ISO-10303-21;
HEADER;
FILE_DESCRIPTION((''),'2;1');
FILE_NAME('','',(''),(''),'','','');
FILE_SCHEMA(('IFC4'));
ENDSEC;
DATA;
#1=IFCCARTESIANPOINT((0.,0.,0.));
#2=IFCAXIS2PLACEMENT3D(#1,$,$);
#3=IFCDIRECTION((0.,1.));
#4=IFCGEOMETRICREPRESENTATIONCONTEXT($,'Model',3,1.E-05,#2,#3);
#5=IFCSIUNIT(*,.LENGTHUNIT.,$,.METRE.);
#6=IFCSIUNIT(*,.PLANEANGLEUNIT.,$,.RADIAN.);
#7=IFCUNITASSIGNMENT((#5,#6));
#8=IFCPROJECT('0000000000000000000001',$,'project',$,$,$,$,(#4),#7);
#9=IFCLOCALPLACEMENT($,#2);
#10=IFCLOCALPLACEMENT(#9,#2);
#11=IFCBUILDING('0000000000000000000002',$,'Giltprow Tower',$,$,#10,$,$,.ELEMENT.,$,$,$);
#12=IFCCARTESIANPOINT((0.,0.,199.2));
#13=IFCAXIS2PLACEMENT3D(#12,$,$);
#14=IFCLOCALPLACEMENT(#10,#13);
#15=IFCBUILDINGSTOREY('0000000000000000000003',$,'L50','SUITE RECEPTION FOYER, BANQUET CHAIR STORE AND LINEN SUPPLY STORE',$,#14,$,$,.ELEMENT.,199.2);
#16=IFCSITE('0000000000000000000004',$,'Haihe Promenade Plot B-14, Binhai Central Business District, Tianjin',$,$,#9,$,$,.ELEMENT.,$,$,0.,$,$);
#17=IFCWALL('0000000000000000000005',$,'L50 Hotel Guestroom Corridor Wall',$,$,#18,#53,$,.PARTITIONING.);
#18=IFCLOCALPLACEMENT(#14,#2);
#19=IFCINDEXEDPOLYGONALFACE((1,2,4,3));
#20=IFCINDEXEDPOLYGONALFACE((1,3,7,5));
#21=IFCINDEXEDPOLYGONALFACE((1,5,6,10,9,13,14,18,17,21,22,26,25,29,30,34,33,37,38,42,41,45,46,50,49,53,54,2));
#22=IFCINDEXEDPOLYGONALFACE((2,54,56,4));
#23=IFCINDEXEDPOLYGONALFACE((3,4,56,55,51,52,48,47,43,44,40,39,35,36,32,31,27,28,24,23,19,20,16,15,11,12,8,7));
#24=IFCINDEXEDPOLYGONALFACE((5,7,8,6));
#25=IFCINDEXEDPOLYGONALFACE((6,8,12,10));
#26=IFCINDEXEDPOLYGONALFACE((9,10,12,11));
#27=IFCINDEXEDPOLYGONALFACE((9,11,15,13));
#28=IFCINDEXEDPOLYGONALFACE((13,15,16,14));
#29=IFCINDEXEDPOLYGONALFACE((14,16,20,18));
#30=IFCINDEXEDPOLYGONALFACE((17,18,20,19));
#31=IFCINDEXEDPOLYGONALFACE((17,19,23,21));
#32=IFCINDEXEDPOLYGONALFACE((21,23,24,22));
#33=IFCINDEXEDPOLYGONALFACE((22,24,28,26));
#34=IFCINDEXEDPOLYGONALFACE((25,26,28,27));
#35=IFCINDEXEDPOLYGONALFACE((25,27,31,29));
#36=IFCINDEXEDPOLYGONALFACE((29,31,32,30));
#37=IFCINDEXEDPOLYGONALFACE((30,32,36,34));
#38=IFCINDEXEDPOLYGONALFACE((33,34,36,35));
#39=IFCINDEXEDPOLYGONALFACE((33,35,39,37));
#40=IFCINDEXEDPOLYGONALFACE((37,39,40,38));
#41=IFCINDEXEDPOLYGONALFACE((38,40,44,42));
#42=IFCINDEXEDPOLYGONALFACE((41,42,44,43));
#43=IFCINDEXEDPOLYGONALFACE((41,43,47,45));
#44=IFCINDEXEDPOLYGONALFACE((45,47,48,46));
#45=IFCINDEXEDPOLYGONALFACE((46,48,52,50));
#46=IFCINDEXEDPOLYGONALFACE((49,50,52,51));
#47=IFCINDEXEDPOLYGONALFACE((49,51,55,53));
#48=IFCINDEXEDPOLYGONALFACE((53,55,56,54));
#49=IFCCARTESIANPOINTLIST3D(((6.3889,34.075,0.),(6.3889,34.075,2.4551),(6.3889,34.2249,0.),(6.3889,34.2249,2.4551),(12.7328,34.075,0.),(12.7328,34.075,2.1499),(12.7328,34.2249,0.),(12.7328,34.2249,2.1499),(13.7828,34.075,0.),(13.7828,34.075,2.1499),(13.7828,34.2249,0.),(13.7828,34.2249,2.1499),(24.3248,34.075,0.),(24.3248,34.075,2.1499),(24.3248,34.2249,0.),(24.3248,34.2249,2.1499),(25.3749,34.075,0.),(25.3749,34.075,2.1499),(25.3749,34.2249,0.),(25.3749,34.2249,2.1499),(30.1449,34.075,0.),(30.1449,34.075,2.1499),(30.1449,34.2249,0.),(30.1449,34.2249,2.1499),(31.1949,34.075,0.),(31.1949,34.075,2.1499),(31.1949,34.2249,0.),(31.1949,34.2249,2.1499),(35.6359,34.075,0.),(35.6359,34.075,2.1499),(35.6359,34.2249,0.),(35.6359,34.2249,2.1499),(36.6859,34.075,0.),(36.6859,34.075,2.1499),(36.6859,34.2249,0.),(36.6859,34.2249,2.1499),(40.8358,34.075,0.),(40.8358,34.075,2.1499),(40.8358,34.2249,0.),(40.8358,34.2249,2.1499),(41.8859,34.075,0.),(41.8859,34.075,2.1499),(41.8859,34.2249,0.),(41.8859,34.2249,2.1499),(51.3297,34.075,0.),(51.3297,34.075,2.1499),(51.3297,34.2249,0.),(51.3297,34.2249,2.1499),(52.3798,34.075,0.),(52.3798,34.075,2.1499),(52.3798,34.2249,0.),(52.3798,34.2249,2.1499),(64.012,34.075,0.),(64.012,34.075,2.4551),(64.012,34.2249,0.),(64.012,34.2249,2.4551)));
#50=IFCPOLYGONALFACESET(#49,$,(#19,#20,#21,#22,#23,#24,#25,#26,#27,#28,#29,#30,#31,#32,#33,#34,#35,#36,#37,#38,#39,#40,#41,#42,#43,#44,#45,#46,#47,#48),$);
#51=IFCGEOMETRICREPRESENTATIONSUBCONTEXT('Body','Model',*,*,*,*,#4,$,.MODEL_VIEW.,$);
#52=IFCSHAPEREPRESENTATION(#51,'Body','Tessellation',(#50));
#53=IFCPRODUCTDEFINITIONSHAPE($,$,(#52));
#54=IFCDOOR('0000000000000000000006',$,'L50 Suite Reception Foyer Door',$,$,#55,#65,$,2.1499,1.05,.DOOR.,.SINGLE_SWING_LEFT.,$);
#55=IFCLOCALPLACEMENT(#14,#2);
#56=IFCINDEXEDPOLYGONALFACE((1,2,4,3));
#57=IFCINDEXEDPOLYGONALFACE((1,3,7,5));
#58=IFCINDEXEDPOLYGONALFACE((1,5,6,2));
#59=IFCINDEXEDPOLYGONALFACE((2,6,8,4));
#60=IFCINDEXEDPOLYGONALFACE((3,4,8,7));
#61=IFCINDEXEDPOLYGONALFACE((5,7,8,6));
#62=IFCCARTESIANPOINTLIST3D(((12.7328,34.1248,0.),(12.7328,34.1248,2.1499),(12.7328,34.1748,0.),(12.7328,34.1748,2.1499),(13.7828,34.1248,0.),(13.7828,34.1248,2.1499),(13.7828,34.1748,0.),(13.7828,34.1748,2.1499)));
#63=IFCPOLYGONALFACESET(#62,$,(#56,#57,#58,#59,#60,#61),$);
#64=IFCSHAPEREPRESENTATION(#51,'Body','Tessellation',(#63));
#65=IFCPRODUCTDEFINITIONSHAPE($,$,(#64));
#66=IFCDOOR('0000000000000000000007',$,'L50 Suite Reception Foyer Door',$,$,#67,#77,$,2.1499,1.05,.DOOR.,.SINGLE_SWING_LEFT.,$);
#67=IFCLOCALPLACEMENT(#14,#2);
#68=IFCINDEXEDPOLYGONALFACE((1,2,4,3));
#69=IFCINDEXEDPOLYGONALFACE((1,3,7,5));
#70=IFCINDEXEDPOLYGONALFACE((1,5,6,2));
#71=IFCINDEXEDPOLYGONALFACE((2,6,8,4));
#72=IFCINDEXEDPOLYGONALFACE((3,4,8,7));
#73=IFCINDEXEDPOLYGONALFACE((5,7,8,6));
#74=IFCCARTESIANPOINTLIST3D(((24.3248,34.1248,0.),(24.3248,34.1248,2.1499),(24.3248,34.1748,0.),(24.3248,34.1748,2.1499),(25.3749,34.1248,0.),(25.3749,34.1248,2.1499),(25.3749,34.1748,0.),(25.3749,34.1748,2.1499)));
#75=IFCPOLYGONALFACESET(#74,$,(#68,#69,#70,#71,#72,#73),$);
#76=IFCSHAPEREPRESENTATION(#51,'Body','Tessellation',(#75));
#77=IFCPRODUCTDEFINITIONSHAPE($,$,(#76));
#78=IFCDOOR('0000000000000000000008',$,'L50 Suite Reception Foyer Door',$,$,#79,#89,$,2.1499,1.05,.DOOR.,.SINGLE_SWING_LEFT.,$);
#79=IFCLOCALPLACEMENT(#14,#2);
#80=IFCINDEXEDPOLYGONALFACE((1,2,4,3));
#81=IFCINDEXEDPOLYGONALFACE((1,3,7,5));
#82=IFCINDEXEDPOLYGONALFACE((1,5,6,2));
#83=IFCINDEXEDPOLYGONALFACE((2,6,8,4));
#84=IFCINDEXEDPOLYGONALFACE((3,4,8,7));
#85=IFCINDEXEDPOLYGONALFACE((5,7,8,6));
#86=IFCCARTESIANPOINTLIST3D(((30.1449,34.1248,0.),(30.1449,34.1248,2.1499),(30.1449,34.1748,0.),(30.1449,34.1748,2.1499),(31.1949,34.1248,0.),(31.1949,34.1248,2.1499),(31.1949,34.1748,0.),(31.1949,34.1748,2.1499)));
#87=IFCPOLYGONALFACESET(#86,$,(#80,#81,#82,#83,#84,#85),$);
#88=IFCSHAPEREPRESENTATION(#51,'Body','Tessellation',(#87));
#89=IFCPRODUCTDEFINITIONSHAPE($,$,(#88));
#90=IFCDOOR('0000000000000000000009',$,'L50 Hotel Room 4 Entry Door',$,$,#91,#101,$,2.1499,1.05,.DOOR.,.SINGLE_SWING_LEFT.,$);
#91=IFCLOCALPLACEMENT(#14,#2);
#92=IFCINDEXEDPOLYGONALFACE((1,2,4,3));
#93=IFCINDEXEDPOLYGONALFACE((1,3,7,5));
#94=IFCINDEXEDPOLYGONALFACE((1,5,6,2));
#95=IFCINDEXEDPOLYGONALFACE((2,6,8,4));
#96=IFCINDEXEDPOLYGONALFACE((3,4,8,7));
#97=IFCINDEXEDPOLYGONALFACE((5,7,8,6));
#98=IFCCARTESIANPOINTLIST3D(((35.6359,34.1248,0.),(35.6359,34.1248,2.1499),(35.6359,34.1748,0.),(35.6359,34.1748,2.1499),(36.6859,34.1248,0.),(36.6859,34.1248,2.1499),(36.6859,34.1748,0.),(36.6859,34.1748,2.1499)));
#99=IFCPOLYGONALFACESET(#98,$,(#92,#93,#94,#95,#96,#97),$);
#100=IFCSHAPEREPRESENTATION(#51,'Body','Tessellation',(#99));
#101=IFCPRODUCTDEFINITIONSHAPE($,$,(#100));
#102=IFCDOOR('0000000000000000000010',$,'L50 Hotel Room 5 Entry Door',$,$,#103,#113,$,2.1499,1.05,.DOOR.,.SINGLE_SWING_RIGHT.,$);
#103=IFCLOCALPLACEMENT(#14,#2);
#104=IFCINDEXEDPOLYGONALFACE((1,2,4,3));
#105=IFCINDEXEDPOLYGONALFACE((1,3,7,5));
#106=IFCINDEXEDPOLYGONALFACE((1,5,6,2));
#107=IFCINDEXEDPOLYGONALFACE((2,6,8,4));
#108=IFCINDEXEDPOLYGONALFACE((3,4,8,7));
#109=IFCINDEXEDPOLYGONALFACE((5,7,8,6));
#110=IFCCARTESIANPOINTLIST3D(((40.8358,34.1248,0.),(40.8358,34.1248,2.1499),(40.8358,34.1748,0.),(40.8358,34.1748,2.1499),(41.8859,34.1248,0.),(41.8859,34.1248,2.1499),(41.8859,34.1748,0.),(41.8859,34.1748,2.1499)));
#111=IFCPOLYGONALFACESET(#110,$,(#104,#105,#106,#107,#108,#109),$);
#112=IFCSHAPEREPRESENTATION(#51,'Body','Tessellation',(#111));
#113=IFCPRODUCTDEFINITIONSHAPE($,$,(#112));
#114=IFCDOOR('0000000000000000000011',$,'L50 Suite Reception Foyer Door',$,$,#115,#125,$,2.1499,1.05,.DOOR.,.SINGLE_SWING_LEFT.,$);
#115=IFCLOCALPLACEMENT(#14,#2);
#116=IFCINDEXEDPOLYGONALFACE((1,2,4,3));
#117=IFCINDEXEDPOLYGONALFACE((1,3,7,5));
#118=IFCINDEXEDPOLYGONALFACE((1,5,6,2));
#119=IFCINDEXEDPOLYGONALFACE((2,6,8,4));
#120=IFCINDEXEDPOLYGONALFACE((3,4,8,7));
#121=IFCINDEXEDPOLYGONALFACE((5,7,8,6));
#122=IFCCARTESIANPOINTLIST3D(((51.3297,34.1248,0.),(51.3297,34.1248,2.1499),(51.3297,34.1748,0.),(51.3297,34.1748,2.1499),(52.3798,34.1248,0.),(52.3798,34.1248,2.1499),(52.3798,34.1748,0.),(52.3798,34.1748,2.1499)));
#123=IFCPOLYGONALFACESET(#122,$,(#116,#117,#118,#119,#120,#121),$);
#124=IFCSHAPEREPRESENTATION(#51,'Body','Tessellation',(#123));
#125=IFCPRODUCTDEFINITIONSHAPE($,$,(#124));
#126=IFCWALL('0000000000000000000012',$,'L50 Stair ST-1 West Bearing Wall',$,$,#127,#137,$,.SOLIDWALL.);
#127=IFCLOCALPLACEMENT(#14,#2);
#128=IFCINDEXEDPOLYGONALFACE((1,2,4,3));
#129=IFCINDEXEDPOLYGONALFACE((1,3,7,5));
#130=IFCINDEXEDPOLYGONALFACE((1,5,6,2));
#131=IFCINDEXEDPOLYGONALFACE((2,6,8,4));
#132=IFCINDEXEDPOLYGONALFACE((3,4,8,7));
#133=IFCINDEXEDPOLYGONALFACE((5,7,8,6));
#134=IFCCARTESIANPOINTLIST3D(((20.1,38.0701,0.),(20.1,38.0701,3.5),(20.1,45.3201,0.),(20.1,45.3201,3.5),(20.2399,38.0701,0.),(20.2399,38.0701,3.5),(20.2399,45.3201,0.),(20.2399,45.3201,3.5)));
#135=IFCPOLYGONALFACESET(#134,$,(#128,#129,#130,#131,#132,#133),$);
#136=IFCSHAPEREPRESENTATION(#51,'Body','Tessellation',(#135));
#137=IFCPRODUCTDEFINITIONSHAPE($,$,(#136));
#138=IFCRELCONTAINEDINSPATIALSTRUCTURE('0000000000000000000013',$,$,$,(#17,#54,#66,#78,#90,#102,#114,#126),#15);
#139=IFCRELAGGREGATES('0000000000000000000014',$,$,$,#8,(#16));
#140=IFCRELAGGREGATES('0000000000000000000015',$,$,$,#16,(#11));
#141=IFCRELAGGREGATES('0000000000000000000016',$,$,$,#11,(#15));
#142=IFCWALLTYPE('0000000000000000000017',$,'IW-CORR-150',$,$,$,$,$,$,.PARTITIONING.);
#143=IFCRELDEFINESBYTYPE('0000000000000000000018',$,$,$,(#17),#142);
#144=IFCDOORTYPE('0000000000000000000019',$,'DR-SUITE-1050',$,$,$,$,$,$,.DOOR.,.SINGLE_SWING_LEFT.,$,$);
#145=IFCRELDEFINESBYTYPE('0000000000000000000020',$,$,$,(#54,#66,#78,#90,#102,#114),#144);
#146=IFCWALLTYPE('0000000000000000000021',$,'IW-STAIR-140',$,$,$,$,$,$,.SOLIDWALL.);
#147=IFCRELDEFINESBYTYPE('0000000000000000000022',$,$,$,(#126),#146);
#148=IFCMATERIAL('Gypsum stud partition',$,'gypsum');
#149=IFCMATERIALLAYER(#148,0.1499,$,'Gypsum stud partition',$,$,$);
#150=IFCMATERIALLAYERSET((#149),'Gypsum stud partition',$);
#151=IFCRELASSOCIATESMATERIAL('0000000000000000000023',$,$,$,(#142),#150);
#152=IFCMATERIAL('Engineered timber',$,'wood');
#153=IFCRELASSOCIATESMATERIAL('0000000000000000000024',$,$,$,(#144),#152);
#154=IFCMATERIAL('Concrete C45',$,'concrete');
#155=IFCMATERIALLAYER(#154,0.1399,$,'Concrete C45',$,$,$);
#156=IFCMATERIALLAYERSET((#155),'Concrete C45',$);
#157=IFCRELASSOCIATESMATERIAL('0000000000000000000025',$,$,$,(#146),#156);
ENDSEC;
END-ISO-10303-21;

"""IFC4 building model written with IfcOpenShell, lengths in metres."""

from ifc_helpers import new_model, si_unit, direction, frame, frame_2d, origin, place, context, subcontext, project, spatial, rectangle, extrude, source, transform, mapped, material, layer, layer_set, type_object, element, fill, save


model = new_model("IFC4")

# Units and contexts
model_context = context("Model", 3, precision=1e-05, world=origin(), true_north=direction((0.0, 1.0)))
body_context = subcontext(model_context, "Body", "Model", "MODEL_VIEW")
ifc_project = project(units=[si_unit("LENGTHUNIT", "METRE"), si_unit("PLANEANGLEUNIT", "RADIAN")], contexts=[model_context])

# Site, building, storey
site_placement = place(None, origin())
site = spatial("IfcSite", under=ifc_project, at=site_placement, Name="Haihe Promenade Plot B-14, Binhai Central Business District, Tianjin", CompositionType="ELEMENT", RefElevation=0.0)
building_placement = place(site_placement, origin())
building = spatial("IfcBuilding", under=site, at=building_placement, Name="Giltprow Tower", CompositionType="ELEMENT")
storey_placement = place(building_placement, frame((0.0, 0.0, 199.2)))
storey = spatial("IfcBuildingStorey", under=building, at=storey_placement, Name="L50", Description="SUITE RECEPTION FOYER, BANQUET CHAIR STORE AND LINEN SUPPLY STORE", CompositionType="ELEMENT", Elevation=199.2)

# Wall, openings, doors
ifc_material_1 = material(Name="Gypsum stud partition", Category="gypsum")
ifc_layer_1 = layer(ifc_material_1, 0.1499, Name="Gypsum stud partition")
ifc_layer_set_1 = layer_set([ifc_layer_1], Name="Gypsum stud partition")
wall_type_1 = type_object("IfcWallType", Name="IW-CORR-150", PredefinedType="PARTITIONING", material=ifc_layer_set_1)
wall_1_placement = place(storey_placement, frame((6.3889, 34.1499, 0.0), z_axis=(0.0, 0.0, 1.0), x_axis=(1.0, 0.0, 0.0)))
wall_1 = element("IfcWall", 1, at=wall_1_placement, inside=storey, type_object=wall_type_1, Name="L50 Hotel Guestroom Corridor Wall", PredefinedType="PARTITIONING", context=body_context, shape_type="SweptSolid", body=[
    extrude(rectangle(XDim=57.623, YDim=0.1499, at=frame_2d((28.8115, 0.0))), origin(), (0.0, 0.0, 1.0), 2.4551),
])
opening_1_placement = place(wall_1_placement, frame((6.344, 0.0, 0.0)))
opening_1 = element("IfcOpeningElement", 2, at=opening_1_placement, cuts=wall_1, PredefinedType="OPENING", context=body_context, shape_type="SweptSolid", body=[
    extrude(rectangle(XDim=1.05, YDim=2.1499, at=frame_2d((0.5249, 1.075))), frame((0.0, 0.085, 0.0), z_axis=(0.0, -1.0, 0.0), x_axis=(1.0, 0.0, 0.0)), (0.0, 0.0, 1.0), 0.1699),
])
opening_2_placement = place(wall_1_placement, frame((17.936, 0.0, 0.0)))
opening_2 = element("IfcOpeningElement", 3, at=opening_2_placement, cuts=wall_1, PredefinedType="OPENING", context=body_context, shape_type="SweptSolid", body=[
    extrude(rectangle(XDim=1.05, YDim=2.1499, at=frame_2d((0.5249, 1.075))), frame((0.0, 0.085, 0.0), z_axis=(0.0, -1.0, 0.0), x_axis=(1.0, 0.0, 0.0)), (0.0, 0.0, 1.0), 0.1699),
])
opening_3_placement = place(wall_1_placement, frame((23.7561, 0.0, 0.0)))
opening_3 = element("IfcOpeningElement", 4, at=opening_3_placement, cuts=wall_1, PredefinedType="OPENING", context=body_context, shape_type="SweptSolid", body=[
    extrude(rectangle(XDim=1.05, YDim=2.1499, at=frame_2d((0.5249, 1.075))), frame((0.0, 0.085, 0.0), z_axis=(0.0, -1.0, 0.0), x_axis=(1.0, 0.0, 0.0)), (0.0, 0.0, 1.0), 0.1699),
])
opening_4_placement = place(wall_1_placement, frame((29.2471, 0.0, 0.0)))
opening_4 = element("IfcOpeningElement", 5, at=opening_4_placement, cuts=wall_1, PredefinedType="OPENING", context=body_context, shape_type="SweptSolid", body=[
    extrude(rectangle(XDim=1.05, YDim=2.1499, at=frame_2d((0.5249, 1.075))), frame((0.0, 0.085, 0.0), z_axis=(0.0, -1.0, 0.0), x_axis=(1.0, 0.0, 0.0)), (0.0, 0.0, 1.0), 0.1699),
])
opening_5_placement = place(wall_1_placement, frame((34.447, 0.0, 0.0)))
opening_5 = element("IfcOpeningElement", 6, at=opening_5_placement, cuts=wall_1, PredefinedType="OPENING", context=body_context, shape_type="SweptSolid", body=[
    extrude(rectangle(XDim=1.05, YDim=2.1499, at=frame_2d((0.5249, 1.075))), frame((0.0, 0.085, 0.0), z_axis=(0.0, -1.0, 0.0), x_axis=(1.0, 0.0, 0.0)), (0.0, 0.0, 1.0), 0.1699),
])
opening_6_placement = place(wall_1_placement, frame((44.9409, 0.0, 0.0)))
opening_6 = element("IfcOpeningElement", 7, at=opening_6_placement, cuts=wall_1, PredefinedType="OPENING", context=body_context, shape_type="SweptSolid", body=[
    extrude(rectangle(XDim=1.05, YDim=2.1499, at=frame_2d((0.5249, 1.075))), frame((0.0, 0.085, 0.0), z_axis=(0.0, -1.0, 0.0), x_axis=(1.0, 0.0, 0.0)), (0.0, 0.0, 1.0), 0.1699),
])
ifc_material_2 = material(Name="Engineered timber", Category="wood")
door_type_1 = type_object("IfcDoorType", Name="DR-SUITE-1050", OperationType="SINGLE_SWING_LEFT", PredefinedType="DOOR", material=ifc_material_2)
shared_shape_1 = source(origin(), body_context, "Body", "SweptSolid", [
    extrude(rectangle(XDim=1.05, YDim=2.1499, at=frame_2d((0.5249, 1.075))), frame((0.0, 0.0249, 0.0), z_axis=(0.0, -1.0, 0.0), x_axis=(1.0, 0.0, 0.0)), (0.0, 0.0, 1.0), 0.05),
])
door_1_placement = place(opening_1_placement, origin())
door_1 = element("IfcDoor", 8, at=door_1_placement, inside=storey, type_object=door_type_1, Name="L50 Suite Reception Foyer Door", OperationType="SINGLE_SWING_LEFT", OverallHeight=2.1499, OverallWidth=1.05, PredefinedType="DOOR", context=body_context, shape_type="MappedRepresentation", body=[
    mapped(shared_shape_1, transform((0.0, 0.0, 0.0), x_axis=(1.0, 0.0, 0.0), y_axis=(0.0, 1.0, 0.0), z_axis=(0.0, 0.0, 1.0), scale=1.0)),
])
fill(opening_1, door_1)
door_2_placement = place(opening_2_placement, origin())
door_2 = element("IfcDoor", 9, at=door_2_placement, inside=storey, type_object=door_type_1, Name="L50 Suite Reception Foyer Door", OperationType="SINGLE_SWING_LEFT", OverallHeight=2.1499, OverallWidth=1.05, PredefinedType="DOOR", context=body_context, shape_type="MappedRepresentation", body=[
    mapped(shared_shape_1, transform((0.0, 0.0, 0.0), x_axis=(1.0, 0.0, 0.0), y_axis=(0.0, 1.0, 0.0), z_axis=(0.0, 0.0, 1.0), scale=1.0)),
])
fill(opening_2, door_2)
door_3_placement = place(opening_3_placement, origin())
door_3 = element("IfcDoor", 10, at=door_3_placement, inside=storey, type_object=door_type_1, Name="L50 Suite Reception Foyer Door", OperationType="SINGLE_SWING_LEFT", OverallHeight=2.1499, OverallWidth=1.05, PredefinedType="DOOR", context=body_context, shape_type="MappedRepresentation", body=[
    mapped(shared_shape_1, transform((0.0, 0.0, 0.0), x_axis=(1.0, 0.0, 0.0), y_axis=(0.0, 1.0, 0.0), z_axis=(0.0, 0.0, 1.0), scale=1.0)),
])
fill(opening_3, door_3)
door_4_placement = place(opening_4_placement, origin())
door_4 = element("IfcDoor", 11, at=door_4_placement, inside=storey, type_object=door_type_1, Name="L50 Hotel Room 4 Entry Door", OperationType="SINGLE_SWING_LEFT", OverallHeight=2.1499, OverallWidth=1.05, PredefinedType="DOOR", context=body_context, shape_type="MappedRepresentation", body=[
    mapped(shared_shape_1, transform((0.0, 0.0, 0.0), x_axis=(1.0, 0.0, 0.0), y_axis=(0.0, 1.0, 0.0), z_axis=(0.0, 0.0, 1.0), scale=1.0)),
])
fill(opening_4, door_4)
door_5_placement = place(opening_5_placement, origin())
door_5 = element("IfcDoor", 12, at=door_5_placement, inside=storey, type_object=door_type_1, Name="L50 Hotel Room 5 Entry Door", OperationType="SINGLE_SWING_RIGHT", OverallHeight=2.1499, OverallWidth=1.05, PredefinedType="DOOR", context=body_context, shape_type="MappedRepresentation", body=[
    mapped(shared_shape_1, transform((0.0, 0.0, 0.0), x_axis=(1.0, 0.0, 0.0), y_axis=(0.0, 1.0, 0.0), z_axis=(0.0, 0.0, 1.0), scale=1.0)),
])
fill(opening_5, door_5)
door_6_placement = place(opening_6_placement, origin())
door_6 = element("IfcDoor", 13, at=door_6_placement, inside=storey, type_object=door_type_1, Name="L50 Suite Reception Foyer Door", OperationType="SINGLE_SWING_LEFT", OverallHeight=2.1499, OverallWidth=1.05, PredefinedType="DOOR", context=body_context, shape_type="MappedRepresentation", body=[
    mapped(shared_shape_1, transform((0.0, 0.0, 0.0), x_axis=(1.0, 0.0, 0.0), y_axis=(0.0, 1.0, 0.0), z_axis=(0.0, 0.0, 1.0), scale=1.0)),
])
fill(opening_6, door_6)

# Wall
ifc_material_3 = material(Name="Concrete C45", Category="concrete")
ifc_layer_2 = layer(ifc_material_3, 0.1399, Name="Concrete C45")
ifc_layer_set_2 = layer_set([ifc_layer_2], Name="Concrete C45")
wall_type_2 = type_object("IfcWallType", Name="IW-STAIR-140", PredefinedType="SOLIDWALL", material=ifc_layer_set_2)
wall_2_placement = place(storey_placement, frame((20.1699, 38.0701, 0.0), z_axis=(0.0, 0.0, 1.0), x_axis=(0.0, 1.0, 0.0)))
element("IfcWall", 14, at=wall_2_placement, inside=storey, type_object=wall_type_2, Name="L50 Stair ST-1 West Bearing Wall", PredefinedType="SOLIDWALL", context=body_context, shape_type="SweptSolid", body=[
    extrude(rectangle(XDim=7.25, YDim=0.1399, at=frame_2d((3.625, 0.0))), origin(), (0.0, 0.0, 1.0), 3.5),
])

save(model, "model.ifc")
